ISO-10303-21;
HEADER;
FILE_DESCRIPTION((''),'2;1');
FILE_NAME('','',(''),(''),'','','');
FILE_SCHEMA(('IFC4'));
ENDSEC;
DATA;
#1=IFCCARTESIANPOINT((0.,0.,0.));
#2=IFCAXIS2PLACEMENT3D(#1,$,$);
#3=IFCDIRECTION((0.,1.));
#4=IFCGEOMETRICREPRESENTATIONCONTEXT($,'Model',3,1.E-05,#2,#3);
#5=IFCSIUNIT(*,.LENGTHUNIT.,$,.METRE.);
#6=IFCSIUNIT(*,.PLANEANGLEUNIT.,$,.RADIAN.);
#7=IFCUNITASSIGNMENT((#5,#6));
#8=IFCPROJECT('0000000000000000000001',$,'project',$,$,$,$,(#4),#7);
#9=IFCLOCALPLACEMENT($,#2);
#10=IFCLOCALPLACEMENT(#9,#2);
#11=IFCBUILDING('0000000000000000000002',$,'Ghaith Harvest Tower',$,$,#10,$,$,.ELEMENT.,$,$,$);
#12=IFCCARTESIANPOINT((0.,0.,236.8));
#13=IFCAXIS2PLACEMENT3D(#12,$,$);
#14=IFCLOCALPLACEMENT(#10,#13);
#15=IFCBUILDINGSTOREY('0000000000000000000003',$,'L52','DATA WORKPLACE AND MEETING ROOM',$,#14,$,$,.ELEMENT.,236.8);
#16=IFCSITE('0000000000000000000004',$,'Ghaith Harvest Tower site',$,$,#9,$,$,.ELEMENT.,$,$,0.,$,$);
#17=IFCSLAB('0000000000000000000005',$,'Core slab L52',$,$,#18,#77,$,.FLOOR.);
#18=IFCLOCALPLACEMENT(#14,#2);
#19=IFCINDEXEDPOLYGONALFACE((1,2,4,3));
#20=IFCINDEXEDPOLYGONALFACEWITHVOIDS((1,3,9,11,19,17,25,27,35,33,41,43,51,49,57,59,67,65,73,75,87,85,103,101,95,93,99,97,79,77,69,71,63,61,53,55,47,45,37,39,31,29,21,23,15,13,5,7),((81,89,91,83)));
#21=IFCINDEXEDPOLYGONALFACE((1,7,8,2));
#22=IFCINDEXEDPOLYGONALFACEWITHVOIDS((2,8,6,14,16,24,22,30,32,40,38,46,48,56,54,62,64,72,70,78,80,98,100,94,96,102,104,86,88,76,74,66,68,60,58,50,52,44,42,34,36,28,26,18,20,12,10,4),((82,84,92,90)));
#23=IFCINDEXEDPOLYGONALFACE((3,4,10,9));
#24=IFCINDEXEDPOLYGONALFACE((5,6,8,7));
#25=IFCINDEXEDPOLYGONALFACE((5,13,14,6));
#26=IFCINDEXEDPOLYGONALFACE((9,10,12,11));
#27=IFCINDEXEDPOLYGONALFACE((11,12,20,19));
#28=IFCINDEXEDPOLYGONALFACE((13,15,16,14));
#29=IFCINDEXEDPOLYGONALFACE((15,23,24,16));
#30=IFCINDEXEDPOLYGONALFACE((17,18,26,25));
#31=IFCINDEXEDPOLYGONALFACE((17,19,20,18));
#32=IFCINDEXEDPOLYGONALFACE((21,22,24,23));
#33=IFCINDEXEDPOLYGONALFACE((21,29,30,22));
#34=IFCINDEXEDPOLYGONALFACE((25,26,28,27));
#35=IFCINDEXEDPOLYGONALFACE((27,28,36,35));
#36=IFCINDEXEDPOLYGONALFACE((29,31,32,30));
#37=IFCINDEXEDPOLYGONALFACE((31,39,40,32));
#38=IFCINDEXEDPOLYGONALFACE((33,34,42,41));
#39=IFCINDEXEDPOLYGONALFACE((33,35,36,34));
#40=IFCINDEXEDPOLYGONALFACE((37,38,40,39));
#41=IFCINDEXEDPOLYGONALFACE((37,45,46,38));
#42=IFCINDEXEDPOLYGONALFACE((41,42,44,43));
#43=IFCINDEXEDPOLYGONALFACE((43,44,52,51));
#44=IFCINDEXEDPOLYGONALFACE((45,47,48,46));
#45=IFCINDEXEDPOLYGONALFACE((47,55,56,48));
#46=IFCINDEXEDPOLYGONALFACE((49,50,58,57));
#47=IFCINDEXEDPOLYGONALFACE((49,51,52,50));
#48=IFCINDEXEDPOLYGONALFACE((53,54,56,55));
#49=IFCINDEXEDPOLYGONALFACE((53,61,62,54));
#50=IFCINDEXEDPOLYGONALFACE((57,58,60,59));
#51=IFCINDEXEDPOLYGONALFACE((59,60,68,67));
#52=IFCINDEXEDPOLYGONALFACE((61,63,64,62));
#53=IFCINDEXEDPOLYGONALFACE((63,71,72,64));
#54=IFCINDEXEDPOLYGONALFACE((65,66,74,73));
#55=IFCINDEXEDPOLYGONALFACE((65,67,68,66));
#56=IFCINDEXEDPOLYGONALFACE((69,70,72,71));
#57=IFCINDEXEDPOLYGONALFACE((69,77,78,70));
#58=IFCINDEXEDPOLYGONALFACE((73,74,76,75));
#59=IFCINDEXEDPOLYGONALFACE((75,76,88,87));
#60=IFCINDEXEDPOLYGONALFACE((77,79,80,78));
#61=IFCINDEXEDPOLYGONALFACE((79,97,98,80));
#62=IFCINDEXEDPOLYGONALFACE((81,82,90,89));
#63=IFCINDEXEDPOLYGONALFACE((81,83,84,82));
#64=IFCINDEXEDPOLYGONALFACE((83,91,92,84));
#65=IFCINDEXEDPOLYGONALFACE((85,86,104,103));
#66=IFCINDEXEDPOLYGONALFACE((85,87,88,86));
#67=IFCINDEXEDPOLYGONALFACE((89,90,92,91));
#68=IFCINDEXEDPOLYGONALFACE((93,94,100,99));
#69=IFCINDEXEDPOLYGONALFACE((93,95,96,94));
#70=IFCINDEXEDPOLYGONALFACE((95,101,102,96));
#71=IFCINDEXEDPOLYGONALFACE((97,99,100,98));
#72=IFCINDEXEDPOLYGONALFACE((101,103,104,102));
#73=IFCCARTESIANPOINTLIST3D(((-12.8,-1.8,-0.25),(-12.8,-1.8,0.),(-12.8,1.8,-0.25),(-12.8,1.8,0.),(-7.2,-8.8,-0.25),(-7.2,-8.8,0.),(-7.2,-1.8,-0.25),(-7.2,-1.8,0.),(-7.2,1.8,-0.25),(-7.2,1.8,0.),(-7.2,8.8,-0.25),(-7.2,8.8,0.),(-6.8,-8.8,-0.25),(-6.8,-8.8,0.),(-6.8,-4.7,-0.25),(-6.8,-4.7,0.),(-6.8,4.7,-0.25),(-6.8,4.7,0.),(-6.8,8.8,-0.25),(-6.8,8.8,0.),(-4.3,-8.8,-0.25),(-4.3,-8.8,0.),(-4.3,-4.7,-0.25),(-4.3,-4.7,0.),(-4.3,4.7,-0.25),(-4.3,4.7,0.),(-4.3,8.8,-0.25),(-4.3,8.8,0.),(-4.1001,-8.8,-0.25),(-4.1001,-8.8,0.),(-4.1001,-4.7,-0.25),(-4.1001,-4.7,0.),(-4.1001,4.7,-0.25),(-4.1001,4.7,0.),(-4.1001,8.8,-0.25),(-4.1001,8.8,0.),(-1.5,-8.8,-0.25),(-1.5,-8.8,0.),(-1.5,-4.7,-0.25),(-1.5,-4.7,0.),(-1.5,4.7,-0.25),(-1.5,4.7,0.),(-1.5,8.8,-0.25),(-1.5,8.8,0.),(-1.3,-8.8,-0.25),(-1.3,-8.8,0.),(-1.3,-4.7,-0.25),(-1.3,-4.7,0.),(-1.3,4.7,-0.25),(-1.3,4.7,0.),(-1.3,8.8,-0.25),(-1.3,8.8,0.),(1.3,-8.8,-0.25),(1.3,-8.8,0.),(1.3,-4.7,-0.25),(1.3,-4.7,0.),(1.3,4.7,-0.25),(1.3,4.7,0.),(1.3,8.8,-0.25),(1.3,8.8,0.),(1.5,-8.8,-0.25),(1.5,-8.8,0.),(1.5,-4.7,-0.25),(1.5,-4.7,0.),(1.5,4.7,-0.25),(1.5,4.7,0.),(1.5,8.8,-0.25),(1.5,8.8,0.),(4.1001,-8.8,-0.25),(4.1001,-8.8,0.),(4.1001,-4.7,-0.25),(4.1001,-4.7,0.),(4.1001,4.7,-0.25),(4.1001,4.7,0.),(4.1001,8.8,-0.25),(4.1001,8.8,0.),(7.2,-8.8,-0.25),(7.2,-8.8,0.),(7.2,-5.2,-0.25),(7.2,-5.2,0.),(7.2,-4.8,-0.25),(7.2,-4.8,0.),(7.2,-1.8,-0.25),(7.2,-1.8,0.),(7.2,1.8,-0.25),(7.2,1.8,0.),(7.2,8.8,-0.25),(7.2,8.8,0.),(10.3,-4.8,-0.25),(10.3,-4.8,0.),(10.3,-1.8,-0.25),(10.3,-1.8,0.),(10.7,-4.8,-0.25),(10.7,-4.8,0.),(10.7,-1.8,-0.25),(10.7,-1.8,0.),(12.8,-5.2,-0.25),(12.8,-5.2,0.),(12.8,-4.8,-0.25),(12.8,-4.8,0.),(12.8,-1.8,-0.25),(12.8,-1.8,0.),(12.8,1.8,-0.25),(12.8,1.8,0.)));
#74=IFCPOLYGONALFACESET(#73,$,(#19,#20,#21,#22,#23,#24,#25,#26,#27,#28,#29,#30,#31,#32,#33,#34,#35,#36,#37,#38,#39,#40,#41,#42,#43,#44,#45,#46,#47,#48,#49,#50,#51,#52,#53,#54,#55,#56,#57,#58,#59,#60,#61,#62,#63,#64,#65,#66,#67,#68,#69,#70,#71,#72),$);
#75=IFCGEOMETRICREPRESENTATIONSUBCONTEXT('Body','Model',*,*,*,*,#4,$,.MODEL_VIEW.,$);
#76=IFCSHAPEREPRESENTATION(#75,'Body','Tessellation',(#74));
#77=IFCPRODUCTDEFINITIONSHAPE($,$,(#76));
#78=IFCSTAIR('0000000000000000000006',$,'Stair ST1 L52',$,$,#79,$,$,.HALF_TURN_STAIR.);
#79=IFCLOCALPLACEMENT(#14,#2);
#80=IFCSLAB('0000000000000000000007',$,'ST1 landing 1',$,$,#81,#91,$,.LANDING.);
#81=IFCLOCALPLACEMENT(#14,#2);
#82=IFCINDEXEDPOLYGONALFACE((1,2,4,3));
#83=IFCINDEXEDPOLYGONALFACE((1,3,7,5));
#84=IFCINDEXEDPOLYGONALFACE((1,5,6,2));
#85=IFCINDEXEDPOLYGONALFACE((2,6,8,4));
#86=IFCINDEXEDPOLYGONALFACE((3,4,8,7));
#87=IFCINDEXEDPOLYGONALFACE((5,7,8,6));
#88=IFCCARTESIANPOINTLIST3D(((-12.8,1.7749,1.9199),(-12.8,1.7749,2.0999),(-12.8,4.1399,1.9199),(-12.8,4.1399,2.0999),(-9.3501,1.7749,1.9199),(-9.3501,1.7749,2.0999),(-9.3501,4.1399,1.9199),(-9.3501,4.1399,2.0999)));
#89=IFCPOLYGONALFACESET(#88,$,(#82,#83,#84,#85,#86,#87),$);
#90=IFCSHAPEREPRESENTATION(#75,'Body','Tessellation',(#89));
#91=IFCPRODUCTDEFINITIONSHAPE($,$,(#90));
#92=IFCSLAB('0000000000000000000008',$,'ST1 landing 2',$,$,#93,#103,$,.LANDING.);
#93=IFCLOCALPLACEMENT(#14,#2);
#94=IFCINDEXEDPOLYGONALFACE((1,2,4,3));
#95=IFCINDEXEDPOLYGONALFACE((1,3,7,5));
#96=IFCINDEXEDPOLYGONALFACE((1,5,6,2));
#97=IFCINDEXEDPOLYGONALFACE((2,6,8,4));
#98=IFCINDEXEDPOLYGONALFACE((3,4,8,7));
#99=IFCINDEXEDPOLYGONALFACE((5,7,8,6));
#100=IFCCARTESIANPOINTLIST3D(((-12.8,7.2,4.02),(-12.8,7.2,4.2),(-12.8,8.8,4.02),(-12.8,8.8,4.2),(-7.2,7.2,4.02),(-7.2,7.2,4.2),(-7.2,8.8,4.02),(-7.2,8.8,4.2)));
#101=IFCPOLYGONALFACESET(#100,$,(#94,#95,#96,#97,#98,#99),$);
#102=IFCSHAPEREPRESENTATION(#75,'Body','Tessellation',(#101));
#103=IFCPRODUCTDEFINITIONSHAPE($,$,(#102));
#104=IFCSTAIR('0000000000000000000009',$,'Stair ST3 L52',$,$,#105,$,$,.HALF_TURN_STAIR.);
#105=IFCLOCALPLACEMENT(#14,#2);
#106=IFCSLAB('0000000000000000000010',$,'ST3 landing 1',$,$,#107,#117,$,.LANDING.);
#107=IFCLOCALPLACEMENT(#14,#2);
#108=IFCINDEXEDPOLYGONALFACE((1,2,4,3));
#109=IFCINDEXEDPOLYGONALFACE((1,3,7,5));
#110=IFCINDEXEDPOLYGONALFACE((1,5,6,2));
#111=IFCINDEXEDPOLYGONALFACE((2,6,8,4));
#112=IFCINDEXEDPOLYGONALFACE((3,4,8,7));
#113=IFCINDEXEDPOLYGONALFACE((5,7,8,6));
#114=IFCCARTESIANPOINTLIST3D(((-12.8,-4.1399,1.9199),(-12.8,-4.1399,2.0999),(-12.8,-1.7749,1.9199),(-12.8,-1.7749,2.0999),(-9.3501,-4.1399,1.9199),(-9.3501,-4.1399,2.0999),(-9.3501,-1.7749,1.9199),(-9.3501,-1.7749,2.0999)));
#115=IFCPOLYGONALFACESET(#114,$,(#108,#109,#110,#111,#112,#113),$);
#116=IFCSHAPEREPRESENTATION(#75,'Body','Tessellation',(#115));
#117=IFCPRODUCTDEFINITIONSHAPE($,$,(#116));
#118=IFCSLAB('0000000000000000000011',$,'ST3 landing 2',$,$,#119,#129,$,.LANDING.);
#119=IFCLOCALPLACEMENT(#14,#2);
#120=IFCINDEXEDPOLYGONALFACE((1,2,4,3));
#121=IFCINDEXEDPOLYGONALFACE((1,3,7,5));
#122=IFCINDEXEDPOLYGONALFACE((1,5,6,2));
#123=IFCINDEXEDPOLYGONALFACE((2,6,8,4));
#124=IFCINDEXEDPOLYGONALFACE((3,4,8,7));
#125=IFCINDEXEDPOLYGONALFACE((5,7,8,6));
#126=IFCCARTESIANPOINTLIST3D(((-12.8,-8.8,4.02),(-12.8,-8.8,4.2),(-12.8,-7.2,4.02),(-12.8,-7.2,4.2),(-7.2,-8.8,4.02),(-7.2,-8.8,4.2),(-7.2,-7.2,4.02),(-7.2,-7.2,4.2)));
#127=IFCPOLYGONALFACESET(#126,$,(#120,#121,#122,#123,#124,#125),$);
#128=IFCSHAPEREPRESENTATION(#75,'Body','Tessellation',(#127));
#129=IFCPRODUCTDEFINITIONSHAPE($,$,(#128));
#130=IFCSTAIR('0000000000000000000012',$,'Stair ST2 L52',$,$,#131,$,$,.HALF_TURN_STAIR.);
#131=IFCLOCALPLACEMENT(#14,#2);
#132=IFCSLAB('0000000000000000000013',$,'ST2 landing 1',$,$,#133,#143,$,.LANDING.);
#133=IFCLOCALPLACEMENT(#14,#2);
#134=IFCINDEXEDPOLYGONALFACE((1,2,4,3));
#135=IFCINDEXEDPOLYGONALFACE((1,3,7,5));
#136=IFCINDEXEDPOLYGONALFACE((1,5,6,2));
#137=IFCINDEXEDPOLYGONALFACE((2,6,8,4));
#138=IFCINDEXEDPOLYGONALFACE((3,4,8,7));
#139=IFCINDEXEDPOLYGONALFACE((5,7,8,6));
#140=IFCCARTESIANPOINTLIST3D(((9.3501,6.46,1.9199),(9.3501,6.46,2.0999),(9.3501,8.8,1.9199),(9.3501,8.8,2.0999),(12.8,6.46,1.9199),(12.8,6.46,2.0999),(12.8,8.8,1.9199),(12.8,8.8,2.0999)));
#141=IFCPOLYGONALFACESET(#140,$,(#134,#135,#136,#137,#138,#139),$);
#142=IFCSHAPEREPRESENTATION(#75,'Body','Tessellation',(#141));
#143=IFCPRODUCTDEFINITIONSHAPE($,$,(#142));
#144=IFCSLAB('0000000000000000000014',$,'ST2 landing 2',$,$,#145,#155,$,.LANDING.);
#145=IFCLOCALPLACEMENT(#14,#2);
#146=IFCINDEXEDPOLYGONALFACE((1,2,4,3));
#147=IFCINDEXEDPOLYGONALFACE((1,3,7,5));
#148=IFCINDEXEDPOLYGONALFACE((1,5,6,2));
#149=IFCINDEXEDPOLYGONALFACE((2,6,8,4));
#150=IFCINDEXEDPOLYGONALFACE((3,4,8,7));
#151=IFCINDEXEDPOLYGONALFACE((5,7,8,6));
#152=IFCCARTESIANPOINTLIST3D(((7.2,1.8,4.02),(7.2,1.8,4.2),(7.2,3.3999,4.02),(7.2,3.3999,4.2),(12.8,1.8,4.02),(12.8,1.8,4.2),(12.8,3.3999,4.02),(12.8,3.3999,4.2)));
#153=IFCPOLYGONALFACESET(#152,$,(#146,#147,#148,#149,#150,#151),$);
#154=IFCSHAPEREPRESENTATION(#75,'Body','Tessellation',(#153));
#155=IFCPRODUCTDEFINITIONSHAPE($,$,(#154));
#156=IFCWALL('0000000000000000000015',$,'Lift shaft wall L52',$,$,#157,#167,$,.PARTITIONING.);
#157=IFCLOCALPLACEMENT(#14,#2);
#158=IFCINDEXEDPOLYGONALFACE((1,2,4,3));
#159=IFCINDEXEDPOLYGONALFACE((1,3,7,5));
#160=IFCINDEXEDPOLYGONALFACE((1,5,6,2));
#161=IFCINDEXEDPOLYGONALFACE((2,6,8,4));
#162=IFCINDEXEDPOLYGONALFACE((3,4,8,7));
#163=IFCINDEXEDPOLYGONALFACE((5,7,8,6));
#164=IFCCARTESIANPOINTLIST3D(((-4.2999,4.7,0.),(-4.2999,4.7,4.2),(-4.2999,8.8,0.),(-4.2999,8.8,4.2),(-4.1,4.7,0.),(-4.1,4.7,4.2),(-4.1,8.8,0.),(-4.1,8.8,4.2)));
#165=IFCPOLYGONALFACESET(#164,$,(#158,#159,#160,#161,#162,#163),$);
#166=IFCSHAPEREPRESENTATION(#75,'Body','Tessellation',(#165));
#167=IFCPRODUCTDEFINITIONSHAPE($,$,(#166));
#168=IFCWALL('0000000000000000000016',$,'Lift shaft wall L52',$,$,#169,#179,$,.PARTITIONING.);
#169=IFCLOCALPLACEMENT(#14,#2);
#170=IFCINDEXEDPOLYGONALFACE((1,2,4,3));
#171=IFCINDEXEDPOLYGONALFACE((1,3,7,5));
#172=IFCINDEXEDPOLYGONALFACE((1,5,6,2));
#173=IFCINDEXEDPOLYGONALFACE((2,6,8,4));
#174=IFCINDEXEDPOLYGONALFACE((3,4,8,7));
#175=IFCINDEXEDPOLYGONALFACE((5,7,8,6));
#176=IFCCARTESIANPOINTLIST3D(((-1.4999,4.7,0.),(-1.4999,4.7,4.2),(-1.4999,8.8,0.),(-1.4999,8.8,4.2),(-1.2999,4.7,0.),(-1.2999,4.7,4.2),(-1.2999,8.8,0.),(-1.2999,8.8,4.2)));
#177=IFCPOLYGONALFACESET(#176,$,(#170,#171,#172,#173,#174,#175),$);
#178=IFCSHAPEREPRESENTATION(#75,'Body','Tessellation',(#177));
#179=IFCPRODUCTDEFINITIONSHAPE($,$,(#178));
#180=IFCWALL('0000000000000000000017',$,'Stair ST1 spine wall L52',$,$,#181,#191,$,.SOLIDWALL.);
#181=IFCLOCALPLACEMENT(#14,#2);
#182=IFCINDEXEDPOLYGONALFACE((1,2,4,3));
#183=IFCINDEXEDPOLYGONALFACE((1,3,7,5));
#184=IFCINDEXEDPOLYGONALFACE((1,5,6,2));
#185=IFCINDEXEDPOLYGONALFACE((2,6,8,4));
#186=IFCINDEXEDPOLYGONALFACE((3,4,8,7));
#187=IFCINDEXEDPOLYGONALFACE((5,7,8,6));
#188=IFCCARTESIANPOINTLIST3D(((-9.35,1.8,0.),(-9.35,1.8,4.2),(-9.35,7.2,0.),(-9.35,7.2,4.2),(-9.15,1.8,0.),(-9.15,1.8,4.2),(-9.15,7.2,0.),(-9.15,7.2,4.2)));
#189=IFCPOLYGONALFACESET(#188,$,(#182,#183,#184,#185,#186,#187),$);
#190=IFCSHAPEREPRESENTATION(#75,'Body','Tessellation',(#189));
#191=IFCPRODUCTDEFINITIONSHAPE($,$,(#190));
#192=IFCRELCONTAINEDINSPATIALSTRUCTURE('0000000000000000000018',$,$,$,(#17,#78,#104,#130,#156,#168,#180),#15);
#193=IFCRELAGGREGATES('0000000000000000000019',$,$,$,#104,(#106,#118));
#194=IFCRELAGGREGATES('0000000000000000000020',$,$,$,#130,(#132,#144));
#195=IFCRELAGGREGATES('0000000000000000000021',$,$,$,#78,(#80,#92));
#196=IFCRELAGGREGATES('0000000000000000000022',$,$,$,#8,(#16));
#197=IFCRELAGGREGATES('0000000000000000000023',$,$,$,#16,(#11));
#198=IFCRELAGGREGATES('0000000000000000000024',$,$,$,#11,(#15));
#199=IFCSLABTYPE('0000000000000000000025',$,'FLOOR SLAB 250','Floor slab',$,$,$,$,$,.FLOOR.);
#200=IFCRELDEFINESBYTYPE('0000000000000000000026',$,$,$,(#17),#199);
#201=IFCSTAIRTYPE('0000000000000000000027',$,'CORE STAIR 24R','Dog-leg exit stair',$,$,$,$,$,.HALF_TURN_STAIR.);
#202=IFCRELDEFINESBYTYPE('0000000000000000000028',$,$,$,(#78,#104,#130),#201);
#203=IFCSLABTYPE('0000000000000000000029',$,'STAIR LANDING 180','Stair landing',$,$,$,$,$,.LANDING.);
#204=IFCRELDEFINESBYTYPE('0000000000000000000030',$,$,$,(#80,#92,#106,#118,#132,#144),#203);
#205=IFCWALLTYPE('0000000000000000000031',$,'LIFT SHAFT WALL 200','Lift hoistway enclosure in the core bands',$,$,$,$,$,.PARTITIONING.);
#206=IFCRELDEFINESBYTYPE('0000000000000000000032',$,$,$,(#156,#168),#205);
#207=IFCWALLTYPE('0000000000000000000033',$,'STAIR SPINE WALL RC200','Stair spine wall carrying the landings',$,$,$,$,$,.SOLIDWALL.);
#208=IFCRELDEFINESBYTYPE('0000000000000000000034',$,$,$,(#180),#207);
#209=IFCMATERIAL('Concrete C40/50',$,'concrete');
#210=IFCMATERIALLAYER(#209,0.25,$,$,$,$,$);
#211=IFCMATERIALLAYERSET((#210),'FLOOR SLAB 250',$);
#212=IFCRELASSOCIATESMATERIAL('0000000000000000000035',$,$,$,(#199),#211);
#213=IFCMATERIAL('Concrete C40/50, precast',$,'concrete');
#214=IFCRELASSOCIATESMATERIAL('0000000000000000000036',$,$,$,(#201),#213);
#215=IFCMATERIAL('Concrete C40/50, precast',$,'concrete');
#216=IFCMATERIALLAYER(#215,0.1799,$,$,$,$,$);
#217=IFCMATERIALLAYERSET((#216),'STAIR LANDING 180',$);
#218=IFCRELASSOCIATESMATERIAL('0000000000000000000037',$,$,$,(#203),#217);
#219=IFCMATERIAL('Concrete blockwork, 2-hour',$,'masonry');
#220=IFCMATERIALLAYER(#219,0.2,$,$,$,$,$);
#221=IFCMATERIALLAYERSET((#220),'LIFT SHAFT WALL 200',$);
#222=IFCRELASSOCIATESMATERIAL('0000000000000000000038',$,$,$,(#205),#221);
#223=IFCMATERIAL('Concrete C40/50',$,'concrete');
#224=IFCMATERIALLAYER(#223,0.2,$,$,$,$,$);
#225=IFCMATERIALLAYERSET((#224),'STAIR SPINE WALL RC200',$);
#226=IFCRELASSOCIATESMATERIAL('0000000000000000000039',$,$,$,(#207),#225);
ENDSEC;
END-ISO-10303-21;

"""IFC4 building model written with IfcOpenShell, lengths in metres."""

from ifc_helpers import new_model, si_unit, direction, frame, frame_2d, origin, place, context, subcontext, project, spatial, polyline, rectangle, outline, extrude, material, layer, layer_set, type_object, element, aggregate, save


model = new_model("IFC4")

# Units and contexts
model_context = context("Model", 3, precision=1e-05, world=origin(), true_north=direction((0.0, 1.0)))
body_context = subcontext(model_context, "Body", "Model", "MODEL_VIEW")
ifc_project = project(units=[si_unit("LENGTHUNIT", "METRE"), si_unit("PLANEANGLEUNIT", "RADIAN")], contexts=[model_context])

# Site, building, storey
site_placement = place(None, origin())
site = spatial("IfcSite", under=ifc_project, at=site_placement, Name="Ghaith Harvest Tower site", CompositionType="ELEMENT", RefElevation=0.0)
building_placement = place(site_placement, origin())
building = spatial("IfcBuilding", under=site, at=building_placement, Name="Ghaith Harvest Tower", CompositionType="ELEMENT")
storey_placement = place(building_placement, frame((0.0, 0.0, 236.8)))
storey = spatial("IfcBuildingStorey", under=building, at=storey_placement, Name="L52", Description="DATA WORKPLACE AND MEETING ROOM", CompositionType="ELEMENT", Elevation=236.8)

# Slab
ifc_material_1 = material(Name="Concrete C40/50", Category="concrete")
ifc_layer_1 = layer(ifc_material_1, 0.25)
ifc_layer_set_1 = layer_set([ifc_layer_1], Name="FLOOR SLAB 250")
slab_type_1 = type_object("IfcSlabType", Name="FLOOR SLAB 250", Description="Floor slab", PredefinedType="FLOOR", material=ifc_layer_set_1)
slab_1_placement = place(storey_placement, frame((0.0, 0.0, -0.25)))
element("IfcSlab", 1, at=slab_1_placement, inside=storey, type_object=slab_type_1, Name="Core slab L52", PredefinedType="FLOOR", context=body_context, shape_type="SweptSolid", body=[
    extrude(outline(polyline([(-12.8, 1.8), (-7.2, 1.8), (-7.2, 8.8), (-6.8, 8.8), (-6.8, 4.7), (-4.3, 4.7), (-4.3, 8.8), (-4.1001, 8.8), (-4.1001, 4.7), (-1.5, 4.7), (-1.5, 8.8), (-1.3, 8.8), (-1.3, 4.7), (1.3, 4.7), (1.3, 8.8), (1.5, 8.8), (1.5, 4.7), (4.1001, 4.7), (4.1001, 8.8), (7.2, 8.8), (7.2, 1.8), (12.8, 1.8), (12.8, -1.8), (10.7, -1.8), (10.7, -4.8), (12.8, -4.8), (12.8, -5.2), (7.2, -5.2), (7.2, -8.8), (4.1001, -8.8), (4.1001, -4.7), (1.5, -4.7), (1.5, -8.8), (1.3, -8.8), (1.3, -4.7), (-1.3, -4.7), (-1.3, -8.8), (-1.5, -8.8), (-1.5, -4.7), (-4.1001, -4.7), (-4.1001, -8.8), (-4.3, -8.8), (-4.3, -4.7), (-6.8, -4.7), (-6.8, -8.8), (-7.2, -8.8), (-7.2, -1.8), (-12.8, -1.8), (-12.8, 1.8)]), holes=[polyline([(10.3, -4.8), (10.3, -1.8), (7.2, -1.8), (7.2, -4.8), (10.3, -4.8)])]), origin(), (0.0, 0.0, 1.0), 0.25),
])

# Stairs, slabs
ifc_material_2 = material(Name="Concrete C40/50, precast", Category="concrete")
stair_type = type_object("IfcStairType", Name="CORE STAIR 24R", Description="Dog-leg exit stair", PredefinedType="HALF_TURN_STAIR", material=ifc_material_2)
stair_1_placement = place(storey_placement, origin())
stair_1 = element("IfcStair", 2, at=stair_1_placement, inside=storey, type_object=stair_type, Name="Stair ST1 L52", PredefinedType="HALF_TURN_STAIR")
ifc_material_3 = material(Name="Concrete C40/50, precast", Category="concrete")
ifc_layer_2 = layer(ifc_material_3, 0.1799)
ifc_layer_set_2 = layer_set([ifc_layer_2], Name="STAIR LANDING 180")
slab_type_2 = type_object("IfcSlabType", Name="STAIR LANDING 180", Description="Stair landing", PredefinedType="LANDING", material=ifc_layer_set_2)
slab_2_placement = place(storey_placement, frame((0.0, 0.0, 1.9199)))
slab_2 = element("IfcSlab", 3, at=slab_2_placement, type_object=slab_type_2, Name="ST1 landing 1", PredefinedType="LANDING", context=body_context, shape_type="SweptSolid", body=[
    extrude(outline(polyline([(-12.8, 4.1399), (-12.8, 1.7749), (-9.3501, 1.7749), (-9.3501, 4.1399), (-12.8, 4.1399)])), origin(), (0.0, 0.0, 1.0), 0.1799),
])
slab_3_placement = place(storey_placement, frame((0.0, 0.0, 4.02)))
slab_3 = element("IfcSlab", 4, at=slab_3_placement, type_object=slab_type_2, Name="ST1 landing 2", PredefinedType="LANDING", context=body_context, shape_type="SweptSolid", body=[
    extrude(outline(polyline([(-12.8, 8.8), (-12.8, 7.2), (-7.2, 7.2), (-7.2, 8.8), (-12.8, 8.8)])), origin(), (0.0, 0.0, 1.0), 0.1799),
])
stair_2_placement = place(storey_placement, origin())
stair_2 = element("IfcStair", 5, at=stair_2_placement, inside=storey, type_object=stair_type, Name="Stair ST3 L52", PredefinedType="HALF_TURN_STAIR")
slab_4_placement = place(storey_placement, frame((0.0, 0.0, 1.9199)))
slab_4 = element("IfcSlab", 6, at=slab_4_placement, type_object=slab_type_2, Name="ST3 landing 1", PredefinedType="LANDING", context=body_context, shape_type="SweptSolid", body=[
    extrude(outline(polyline([(-12.8, -4.1399), (-12.8, -1.7749), (-9.3501, -1.7749), (-9.3501, -4.1399), (-12.8, -4.1399)])), origin(), (0.0, 0.0, 1.0), 0.1799),
])
slab_5_placement = place(storey_placement, frame((0.0, 0.0, 4.02)))
slab_5 = element("IfcSlab", 7, at=slab_5_placement, type_object=slab_type_2, Name="ST3 landing 2", PredefinedType="LANDING", context=body_context, shape_type="SweptSolid", body=[
    extrude(outline(polyline([(-12.8, -8.8), (-12.8, -7.2), (-7.2, -7.2), (-7.2, -8.8), (-12.8, -8.8)])), origin(), (0.0, 0.0, 1.0), 0.1799),
])
aggregate(stair_2, [slab_4, slab_5])
stair_3_placement = place(storey_placement, origin())
stair_3 = element("IfcStair", 8, at=stair_3_placement, inside=storey, type_object=stair_type, Name="Stair ST2 L52", PredefinedType="HALF_TURN_STAIR")
slab_6_placement = place(storey_placement, frame((0.0, 0.0, 1.9199)))
slab_6 = element("IfcSlab", 9, at=slab_6_placement, type_object=slab_type_2, Name="ST2 landing 1", PredefinedType="LANDING", context=body_context, shape_type="SweptSolid", body=[
    extrude(outline(polyline([(12.8, 6.46), (12.8, 8.8), (9.3501, 8.8), (9.3501, 6.46), (12.8, 6.46)])), origin(), (0.0, 0.0, 1.0), 0.1799),
])
slab_7_placement = place(storey_placement, frame((0.0, 0.0, 4.02)))
slab_7 = element("IfcSlab", 10, at=slab_7_placement, type_object=slab_type_2, Name="ST2 landing 2", PredefinedType="LANDING", context=body_context, shape_type="SweptSolid", body=[
    extrude(outline(polyline([(12.8, 1.8), (12.8, 3.3999), (7.2, 3.3999), (7.2, 1.8), (12.8, 1.8)])), origin(), (0.0, 0.0, 1.0), 0.1799),
])
aggregate(stair_3, [slab_6, slab_7])

# Walls
ifc_material_4 = material(Name="Concrete blockwork, 2-hour", Category="masonry")
ifc_layer_3 = layer(ifc_material_4, 0.2)
ifc_layer_set_3 = layer_set([ifc_layer_3], Name="LIFT SHAFT WALL 200")
wall_type_1 = type_object("IfcWallType", Name="LIFT SHAFT WALL 200", Description="Lift hoistway enclosure in the core bands", PredefinedType="PARTITIONING", material=ifc_layer_set_3)
for number, where, z_axis, x_axis, name in (
    (11, (-4.2, 4.7, 0.0), (0.0, 0.0, 1.0), (0.0, 1.0, 0.0), "Lift shaft wall L52"),
    (12, (-1.3999, 4.7, 0.0), (0.0, 0.0, 1.0), (0.0, 1.0, 0.0), "Lift shaft wall L52"),
):
    element("IfcWall", number, at=place(storey_placement, frame(where, z_axis=z_axis, x_axis=x_axis)), inside=storey, type_object=wall_type_1, Name=name, PredefinedType="PARTITIONING", context=body_context, shape_type="SweptSolid", body=[
        extrude(rectangle(XDim=4.1001, YDim=0.2, at=frame_2d((2.05, 0.0))), origin(), (0.0, 0.0, 1.0), 4.2),
    ])

# Wall
ifc_material_5 = material(Name="Concrete C40/50", Category="concrete")
ifc_layer_4 = layer(ifc_material_5, 0.2)
ifc_layer_set_4 = layer_set([ifc_layer_4], Name="STAIR SPINE WALL RC200")
wall_type_2 = type_object("IfcWallType", Name="STAIR SPINE WALL RC200", Description="Stair spine wall carrying the landings", PredefinedType="SOLIDWALL", material=ifc_layer_set_4)
wall_1_placement = place(storey_placement, frame((-9.25, 7.2, 0.0), z_axis=(0.0, 0.0, 1.0), x_axis=(0.0, -1.0, 0.0)))
element("IfcWall", 13, at=wall_1_placement, inside=storey, type_object=wall_type_2, Name="Stair ST1 spine wall L52", PredefinedType="SOLIDWALL", context=body_context, shape_type="SweptSolid", body=[
    extrude(rectangle(XDim=5.3999, YDim=0.2, at=frame_2d((2.7, 0.0))), origin(), (0.0, 0.0, 1.0), 4.2),
])

aggregate(stair_1, [slab_2, slab_3])

save(model, "model.ifc")
